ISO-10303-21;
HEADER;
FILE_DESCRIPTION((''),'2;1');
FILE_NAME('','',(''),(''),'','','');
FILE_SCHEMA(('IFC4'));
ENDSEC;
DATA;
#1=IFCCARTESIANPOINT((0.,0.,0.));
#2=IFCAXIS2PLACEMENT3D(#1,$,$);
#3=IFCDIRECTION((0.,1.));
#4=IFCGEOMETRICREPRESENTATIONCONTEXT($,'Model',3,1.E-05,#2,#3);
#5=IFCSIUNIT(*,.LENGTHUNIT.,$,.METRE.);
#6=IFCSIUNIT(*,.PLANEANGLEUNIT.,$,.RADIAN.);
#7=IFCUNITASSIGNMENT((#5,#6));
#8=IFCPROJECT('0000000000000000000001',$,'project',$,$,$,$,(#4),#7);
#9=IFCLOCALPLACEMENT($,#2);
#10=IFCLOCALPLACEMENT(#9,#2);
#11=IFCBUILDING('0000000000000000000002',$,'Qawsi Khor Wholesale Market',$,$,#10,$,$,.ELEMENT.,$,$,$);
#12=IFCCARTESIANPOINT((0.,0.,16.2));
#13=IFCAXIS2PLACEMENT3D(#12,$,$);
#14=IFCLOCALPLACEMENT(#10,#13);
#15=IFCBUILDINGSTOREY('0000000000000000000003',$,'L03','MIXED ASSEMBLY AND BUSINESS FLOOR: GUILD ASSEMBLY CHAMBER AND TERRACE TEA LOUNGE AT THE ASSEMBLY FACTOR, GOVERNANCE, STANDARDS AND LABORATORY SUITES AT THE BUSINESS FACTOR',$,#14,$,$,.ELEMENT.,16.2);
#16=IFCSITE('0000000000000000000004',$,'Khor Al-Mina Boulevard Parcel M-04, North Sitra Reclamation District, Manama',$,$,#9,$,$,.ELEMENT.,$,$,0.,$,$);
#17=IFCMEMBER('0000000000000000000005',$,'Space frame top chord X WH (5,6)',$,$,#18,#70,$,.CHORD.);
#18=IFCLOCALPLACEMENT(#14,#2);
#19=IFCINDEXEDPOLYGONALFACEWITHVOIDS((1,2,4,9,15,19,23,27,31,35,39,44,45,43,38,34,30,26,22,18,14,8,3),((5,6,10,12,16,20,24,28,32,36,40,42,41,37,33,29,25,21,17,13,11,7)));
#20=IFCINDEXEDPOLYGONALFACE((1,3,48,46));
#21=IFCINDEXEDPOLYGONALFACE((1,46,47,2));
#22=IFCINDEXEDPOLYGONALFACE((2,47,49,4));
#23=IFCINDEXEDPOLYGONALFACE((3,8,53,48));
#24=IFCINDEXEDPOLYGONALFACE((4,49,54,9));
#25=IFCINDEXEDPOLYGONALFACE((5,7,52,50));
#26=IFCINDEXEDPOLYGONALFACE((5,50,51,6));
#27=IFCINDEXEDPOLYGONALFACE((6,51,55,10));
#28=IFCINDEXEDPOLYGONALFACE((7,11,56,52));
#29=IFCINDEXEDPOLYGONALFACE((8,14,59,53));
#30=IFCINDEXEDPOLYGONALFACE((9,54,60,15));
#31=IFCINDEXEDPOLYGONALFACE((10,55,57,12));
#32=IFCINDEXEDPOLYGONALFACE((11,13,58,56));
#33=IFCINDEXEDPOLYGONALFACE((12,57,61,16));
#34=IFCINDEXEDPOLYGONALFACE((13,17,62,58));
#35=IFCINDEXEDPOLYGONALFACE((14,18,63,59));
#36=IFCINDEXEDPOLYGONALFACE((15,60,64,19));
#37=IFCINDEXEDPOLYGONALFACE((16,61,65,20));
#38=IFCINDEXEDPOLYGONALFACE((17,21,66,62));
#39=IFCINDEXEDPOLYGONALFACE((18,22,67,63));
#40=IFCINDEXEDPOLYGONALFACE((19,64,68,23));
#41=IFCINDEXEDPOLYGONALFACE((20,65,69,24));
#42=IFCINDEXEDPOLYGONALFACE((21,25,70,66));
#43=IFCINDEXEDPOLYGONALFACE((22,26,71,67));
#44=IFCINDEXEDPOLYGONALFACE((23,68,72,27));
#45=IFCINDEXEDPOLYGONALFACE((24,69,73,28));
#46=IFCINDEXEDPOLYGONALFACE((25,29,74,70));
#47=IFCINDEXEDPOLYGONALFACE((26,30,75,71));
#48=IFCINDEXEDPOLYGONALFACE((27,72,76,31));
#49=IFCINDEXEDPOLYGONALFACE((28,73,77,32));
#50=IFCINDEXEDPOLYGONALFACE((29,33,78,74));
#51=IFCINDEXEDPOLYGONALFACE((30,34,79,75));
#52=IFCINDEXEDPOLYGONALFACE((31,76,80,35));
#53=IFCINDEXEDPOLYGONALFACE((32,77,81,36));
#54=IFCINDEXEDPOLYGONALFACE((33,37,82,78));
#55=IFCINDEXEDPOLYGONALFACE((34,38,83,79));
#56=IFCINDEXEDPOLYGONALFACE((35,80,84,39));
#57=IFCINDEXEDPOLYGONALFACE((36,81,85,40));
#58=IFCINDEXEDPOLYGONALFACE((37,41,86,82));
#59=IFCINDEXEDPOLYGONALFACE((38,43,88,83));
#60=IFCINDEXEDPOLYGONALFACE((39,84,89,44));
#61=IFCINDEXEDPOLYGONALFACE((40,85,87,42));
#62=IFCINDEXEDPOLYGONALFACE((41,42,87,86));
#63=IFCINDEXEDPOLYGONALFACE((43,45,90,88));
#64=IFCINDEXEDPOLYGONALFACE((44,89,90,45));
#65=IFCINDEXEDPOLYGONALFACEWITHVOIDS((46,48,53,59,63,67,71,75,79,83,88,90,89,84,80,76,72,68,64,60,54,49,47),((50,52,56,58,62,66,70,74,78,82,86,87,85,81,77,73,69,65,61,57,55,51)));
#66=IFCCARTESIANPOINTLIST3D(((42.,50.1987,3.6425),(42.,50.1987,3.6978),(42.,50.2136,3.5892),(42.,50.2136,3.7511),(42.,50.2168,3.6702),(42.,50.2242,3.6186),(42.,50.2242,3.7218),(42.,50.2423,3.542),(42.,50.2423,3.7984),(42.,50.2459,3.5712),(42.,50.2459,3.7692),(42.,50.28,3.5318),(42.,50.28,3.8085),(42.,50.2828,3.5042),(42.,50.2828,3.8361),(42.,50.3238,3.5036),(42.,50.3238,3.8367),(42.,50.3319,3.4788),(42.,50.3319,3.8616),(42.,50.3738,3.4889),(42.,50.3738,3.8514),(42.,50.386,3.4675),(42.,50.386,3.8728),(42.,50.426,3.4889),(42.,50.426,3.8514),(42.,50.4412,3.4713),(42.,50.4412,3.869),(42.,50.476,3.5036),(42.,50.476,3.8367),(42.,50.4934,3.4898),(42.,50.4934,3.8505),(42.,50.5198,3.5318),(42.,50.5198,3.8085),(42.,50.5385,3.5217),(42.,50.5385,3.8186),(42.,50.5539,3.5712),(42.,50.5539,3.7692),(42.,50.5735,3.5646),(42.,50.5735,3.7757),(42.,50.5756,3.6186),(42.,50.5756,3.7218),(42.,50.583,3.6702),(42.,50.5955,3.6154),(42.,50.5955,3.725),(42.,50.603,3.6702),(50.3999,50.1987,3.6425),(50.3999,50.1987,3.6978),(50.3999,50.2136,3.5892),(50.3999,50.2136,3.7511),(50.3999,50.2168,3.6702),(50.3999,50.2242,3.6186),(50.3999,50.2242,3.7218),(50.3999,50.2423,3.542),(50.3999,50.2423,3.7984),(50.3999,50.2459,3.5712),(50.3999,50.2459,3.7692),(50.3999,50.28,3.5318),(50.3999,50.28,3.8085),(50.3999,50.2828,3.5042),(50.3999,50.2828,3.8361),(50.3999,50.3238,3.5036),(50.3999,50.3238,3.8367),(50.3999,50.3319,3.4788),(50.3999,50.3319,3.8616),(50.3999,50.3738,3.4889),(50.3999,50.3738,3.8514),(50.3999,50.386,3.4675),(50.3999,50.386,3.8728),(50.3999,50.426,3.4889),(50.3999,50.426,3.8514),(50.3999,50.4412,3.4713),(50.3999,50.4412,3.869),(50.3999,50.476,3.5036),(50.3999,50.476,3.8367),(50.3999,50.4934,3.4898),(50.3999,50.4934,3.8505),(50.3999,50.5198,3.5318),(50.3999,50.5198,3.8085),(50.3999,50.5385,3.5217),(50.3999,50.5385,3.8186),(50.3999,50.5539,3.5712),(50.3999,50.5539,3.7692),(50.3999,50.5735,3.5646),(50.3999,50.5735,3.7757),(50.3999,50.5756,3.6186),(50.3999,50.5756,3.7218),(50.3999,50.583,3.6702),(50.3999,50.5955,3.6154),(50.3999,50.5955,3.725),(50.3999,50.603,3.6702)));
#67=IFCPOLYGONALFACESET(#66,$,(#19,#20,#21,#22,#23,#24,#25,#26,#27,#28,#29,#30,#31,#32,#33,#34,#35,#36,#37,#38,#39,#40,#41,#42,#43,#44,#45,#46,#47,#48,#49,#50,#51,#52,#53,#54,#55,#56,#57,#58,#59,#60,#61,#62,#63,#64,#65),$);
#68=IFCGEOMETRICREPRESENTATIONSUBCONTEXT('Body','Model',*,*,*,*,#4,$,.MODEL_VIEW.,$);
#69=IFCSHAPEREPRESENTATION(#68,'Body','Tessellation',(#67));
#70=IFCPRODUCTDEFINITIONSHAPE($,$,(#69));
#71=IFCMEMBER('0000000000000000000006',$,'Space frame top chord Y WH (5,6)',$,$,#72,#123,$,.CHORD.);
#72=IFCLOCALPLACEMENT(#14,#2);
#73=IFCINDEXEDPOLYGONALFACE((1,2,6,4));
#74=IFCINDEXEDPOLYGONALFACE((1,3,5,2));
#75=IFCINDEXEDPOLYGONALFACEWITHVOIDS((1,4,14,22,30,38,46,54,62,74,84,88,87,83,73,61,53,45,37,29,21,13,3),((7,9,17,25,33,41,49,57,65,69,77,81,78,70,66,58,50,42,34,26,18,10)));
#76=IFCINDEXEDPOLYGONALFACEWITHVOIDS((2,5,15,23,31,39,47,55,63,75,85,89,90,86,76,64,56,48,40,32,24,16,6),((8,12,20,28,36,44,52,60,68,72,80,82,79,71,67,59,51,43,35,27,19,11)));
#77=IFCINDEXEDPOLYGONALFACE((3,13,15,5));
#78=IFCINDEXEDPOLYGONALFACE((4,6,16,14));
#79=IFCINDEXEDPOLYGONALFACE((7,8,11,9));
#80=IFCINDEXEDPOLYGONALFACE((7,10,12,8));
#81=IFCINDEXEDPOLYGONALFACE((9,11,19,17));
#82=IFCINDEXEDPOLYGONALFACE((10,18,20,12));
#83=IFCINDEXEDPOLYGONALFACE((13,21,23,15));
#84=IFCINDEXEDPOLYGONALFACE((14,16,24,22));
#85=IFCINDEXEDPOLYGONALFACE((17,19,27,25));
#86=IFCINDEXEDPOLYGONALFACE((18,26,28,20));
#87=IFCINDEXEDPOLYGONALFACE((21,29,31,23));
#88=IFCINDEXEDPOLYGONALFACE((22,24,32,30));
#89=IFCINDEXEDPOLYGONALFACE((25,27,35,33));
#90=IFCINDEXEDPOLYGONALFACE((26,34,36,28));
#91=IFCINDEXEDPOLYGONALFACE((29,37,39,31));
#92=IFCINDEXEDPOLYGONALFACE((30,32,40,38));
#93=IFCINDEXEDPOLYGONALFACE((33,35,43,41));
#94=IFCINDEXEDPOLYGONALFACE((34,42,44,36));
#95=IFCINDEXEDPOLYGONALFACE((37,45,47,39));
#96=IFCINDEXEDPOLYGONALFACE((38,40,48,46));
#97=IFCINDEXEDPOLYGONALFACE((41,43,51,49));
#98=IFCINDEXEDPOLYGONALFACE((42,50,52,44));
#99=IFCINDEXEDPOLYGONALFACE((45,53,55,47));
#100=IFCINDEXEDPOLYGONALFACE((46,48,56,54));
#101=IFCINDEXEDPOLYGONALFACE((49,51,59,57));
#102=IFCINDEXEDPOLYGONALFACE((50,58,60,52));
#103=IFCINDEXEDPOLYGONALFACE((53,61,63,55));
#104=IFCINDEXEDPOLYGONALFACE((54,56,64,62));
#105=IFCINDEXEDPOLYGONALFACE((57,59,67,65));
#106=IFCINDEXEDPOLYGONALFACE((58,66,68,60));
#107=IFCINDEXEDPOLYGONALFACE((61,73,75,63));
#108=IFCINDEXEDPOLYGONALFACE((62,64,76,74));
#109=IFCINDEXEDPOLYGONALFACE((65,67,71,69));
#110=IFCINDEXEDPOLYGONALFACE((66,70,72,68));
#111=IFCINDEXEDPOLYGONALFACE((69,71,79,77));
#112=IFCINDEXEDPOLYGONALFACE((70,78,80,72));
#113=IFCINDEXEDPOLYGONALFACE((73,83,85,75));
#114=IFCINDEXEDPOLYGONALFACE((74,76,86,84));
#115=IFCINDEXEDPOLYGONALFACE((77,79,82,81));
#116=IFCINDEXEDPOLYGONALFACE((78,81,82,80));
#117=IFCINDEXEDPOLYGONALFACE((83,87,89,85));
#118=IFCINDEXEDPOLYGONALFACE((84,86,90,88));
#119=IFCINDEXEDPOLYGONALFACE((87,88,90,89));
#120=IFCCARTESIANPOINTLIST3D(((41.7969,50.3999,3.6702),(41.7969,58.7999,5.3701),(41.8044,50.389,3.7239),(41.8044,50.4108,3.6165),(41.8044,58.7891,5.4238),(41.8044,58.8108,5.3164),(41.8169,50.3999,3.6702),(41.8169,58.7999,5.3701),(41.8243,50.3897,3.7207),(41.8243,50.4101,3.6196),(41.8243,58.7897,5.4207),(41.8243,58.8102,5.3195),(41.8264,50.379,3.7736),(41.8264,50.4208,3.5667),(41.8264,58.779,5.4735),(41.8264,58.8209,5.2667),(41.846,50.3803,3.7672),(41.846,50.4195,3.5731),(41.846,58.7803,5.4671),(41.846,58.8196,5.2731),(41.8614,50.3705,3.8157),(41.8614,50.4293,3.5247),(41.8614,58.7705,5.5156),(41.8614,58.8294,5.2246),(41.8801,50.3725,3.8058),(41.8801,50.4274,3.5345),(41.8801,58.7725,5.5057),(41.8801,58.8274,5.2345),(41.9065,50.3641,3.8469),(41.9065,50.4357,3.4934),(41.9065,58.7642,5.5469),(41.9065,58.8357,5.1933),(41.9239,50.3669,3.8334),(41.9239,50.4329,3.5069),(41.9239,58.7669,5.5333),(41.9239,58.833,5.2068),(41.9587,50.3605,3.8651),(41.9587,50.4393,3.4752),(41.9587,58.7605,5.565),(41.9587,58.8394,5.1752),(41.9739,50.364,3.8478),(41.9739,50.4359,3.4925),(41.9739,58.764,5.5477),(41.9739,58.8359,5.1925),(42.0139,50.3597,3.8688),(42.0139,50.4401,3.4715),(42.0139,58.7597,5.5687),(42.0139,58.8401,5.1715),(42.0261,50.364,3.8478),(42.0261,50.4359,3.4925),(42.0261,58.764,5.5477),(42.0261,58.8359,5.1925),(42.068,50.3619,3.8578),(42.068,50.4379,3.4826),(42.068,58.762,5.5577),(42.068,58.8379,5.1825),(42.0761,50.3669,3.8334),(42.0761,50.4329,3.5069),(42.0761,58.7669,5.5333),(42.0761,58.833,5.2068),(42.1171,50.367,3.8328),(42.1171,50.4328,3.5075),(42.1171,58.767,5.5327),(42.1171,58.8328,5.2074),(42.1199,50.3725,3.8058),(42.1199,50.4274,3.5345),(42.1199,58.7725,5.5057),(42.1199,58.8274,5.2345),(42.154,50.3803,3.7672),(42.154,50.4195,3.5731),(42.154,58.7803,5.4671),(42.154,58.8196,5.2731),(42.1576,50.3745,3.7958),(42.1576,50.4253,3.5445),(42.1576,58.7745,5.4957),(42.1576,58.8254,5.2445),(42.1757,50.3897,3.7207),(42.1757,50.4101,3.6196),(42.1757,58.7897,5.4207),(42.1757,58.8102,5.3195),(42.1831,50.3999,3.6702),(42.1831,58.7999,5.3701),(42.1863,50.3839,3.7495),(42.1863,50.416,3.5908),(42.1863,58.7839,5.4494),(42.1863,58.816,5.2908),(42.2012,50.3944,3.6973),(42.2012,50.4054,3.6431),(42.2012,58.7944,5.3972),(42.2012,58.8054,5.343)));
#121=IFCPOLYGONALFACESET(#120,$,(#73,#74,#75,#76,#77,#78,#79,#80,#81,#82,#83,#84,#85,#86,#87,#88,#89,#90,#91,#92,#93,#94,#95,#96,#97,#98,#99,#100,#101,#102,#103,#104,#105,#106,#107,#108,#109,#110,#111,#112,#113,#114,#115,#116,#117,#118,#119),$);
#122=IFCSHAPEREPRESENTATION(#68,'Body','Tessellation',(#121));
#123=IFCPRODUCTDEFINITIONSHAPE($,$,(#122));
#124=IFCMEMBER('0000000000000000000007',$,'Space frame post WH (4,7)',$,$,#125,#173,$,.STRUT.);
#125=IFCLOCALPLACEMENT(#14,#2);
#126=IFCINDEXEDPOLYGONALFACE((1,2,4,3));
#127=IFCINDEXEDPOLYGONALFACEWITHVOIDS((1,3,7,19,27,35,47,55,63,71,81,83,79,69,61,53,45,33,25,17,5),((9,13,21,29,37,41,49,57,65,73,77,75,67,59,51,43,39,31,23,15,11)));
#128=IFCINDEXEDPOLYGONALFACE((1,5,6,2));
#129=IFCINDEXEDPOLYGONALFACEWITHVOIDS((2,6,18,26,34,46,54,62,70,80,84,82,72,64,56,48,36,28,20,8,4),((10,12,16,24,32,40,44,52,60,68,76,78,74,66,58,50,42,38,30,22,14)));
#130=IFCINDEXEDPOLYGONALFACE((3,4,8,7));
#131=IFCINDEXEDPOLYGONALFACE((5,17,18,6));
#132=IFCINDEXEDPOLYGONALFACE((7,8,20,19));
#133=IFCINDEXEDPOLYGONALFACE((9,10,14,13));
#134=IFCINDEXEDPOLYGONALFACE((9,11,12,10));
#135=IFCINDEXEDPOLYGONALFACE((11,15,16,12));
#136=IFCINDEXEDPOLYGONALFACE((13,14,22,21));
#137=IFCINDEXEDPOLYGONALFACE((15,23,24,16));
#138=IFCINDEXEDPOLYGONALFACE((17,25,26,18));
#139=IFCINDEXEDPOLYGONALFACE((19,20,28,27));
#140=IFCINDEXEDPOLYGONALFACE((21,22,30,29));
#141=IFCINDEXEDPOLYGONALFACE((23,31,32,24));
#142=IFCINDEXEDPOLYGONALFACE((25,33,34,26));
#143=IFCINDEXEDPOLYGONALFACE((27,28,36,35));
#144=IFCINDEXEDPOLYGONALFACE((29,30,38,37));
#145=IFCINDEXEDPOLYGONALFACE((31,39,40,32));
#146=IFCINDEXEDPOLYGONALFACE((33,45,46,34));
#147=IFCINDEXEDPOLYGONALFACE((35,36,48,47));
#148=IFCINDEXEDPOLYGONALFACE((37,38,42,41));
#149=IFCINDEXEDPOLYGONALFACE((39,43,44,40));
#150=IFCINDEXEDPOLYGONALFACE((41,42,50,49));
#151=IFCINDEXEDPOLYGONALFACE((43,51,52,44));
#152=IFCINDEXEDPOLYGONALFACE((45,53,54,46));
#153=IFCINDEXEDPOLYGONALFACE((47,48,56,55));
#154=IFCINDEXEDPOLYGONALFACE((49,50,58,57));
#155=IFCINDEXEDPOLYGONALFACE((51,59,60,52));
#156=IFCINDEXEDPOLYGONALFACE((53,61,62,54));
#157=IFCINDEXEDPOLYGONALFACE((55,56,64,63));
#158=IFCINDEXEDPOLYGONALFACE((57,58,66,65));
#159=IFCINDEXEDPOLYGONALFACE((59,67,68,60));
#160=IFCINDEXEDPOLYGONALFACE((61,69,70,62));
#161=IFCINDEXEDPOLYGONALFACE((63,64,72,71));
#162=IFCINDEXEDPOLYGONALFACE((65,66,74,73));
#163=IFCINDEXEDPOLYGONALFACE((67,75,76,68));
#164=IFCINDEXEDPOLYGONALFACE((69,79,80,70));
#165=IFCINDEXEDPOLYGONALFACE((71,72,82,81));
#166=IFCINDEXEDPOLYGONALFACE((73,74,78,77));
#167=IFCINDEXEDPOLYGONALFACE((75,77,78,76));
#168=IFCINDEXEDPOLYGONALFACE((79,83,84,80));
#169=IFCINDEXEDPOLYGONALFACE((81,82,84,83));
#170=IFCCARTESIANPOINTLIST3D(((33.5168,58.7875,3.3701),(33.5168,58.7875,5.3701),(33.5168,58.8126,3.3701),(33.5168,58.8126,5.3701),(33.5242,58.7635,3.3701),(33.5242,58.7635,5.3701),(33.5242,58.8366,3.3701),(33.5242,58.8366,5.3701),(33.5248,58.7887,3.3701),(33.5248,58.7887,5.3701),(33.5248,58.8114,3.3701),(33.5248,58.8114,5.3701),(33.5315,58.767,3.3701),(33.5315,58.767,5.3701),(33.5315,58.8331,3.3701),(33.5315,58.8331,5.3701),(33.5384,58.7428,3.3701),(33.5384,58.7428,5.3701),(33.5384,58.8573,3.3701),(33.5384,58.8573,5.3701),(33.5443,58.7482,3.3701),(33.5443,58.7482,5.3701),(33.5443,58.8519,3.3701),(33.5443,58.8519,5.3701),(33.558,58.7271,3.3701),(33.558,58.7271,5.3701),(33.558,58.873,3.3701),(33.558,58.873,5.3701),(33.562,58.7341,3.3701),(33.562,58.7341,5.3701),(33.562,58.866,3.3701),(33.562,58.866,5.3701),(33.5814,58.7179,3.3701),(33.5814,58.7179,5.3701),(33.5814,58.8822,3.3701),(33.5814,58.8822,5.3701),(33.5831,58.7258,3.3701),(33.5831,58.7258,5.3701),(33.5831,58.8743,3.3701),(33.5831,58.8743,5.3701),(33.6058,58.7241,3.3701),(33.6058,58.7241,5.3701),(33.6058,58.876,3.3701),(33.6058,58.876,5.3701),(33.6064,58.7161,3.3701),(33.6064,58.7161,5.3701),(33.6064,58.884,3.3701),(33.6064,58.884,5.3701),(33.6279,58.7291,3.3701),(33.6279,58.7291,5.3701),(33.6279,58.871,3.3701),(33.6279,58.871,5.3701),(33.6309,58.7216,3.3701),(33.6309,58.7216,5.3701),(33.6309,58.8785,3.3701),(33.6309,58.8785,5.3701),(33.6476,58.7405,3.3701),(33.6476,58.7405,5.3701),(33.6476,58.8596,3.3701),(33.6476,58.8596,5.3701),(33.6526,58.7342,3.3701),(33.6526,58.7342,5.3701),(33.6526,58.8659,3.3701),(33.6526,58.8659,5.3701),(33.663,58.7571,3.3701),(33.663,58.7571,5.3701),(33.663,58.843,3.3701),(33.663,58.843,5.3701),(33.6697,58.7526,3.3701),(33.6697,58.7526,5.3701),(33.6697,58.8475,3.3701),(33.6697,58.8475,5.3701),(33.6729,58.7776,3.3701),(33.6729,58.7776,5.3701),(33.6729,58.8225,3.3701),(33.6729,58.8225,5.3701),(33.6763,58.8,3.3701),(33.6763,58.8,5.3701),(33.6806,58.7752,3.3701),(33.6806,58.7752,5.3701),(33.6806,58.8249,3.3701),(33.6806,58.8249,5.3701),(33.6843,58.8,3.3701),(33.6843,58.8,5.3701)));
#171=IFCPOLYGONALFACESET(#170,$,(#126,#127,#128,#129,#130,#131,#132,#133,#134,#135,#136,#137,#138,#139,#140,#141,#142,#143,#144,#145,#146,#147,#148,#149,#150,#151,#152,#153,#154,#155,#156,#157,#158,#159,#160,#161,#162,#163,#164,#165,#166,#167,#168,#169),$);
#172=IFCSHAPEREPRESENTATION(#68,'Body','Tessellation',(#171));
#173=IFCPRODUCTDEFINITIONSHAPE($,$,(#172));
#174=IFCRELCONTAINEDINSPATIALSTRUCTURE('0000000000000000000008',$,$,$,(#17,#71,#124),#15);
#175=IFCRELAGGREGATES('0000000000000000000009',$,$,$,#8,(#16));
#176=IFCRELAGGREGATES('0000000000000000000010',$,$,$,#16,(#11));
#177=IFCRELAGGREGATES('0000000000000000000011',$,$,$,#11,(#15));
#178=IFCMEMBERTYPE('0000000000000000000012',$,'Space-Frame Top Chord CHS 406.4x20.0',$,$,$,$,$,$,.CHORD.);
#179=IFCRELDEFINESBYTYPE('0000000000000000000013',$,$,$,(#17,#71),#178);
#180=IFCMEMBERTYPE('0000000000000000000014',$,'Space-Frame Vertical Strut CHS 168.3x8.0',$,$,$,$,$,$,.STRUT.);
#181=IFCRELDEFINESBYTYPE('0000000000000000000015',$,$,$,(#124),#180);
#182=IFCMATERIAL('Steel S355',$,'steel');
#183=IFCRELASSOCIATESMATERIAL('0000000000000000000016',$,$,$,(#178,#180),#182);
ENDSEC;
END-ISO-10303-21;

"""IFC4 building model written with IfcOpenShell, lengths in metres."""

from ifc_helpers import new_model, si_unit, direction, frame, origin, origin_2d, place, context, subcontext, project, spatial, hollow_circle, extrude, material, material_profile, profile_set, type_object, element, save


model = new_model("IFC4")

# Units and contexts
model_context = context("Model", 3, precision=1e-05, world=origin(), true_north=direction((0.0, 1.0)))
body_context = subcontext(model_context, "Body", "Model", "MODEL_VIEW")
ifc_project = project(units=[si_unit("LENGTHUNIT", "METRE"), si_unit("PLANEANGLEUNIT", "RADIAN")], contexts=[model_context])

# Site, building, storey
site_placement = place(None, origin())
site = spatial("IfcSite", under=ifc_project, at=site_placement, Name="Khor Al-Mina Boulevard Parcel M-04, North Sitra Reclamation District, Manama", CompositionType="ELEMENT", RefElevation=0.0)
building_placement = place(site_placement, origin())
building = spatial("IfcBuilding", under=site, at=building_placement, Name="Qawsi Khor Wholesale Market", CompositionType="ELEMENT")
storey_placement = place(building_placement, frame((0.0, 0.0, 16.2)))
storey = spatial("IfcBuildingStorey", under=building, at=storey_placement, Name="L03", Description="MIXED ASSEMBLY AND BUSINESS FLOOR: GUILD ASSEMBLY CHAMBER AND TERRACE TEA LOUNGE AT THE ASSEMBLY FACTOR, GOVERNANCE, STANDARDS AND LABORATORY SUITES AT THE BUSINESS FACTOR", CompositionType="ELEMENT", Elevation=16.2)

# Members
ifc_material_1 = material(Name="Steel S355", Category="steel")
ifc_material_profile_1 = material_profile(ifc_material_1, hollow_circle(Radius=0.2031, WallThickness=0.02, at=origin_2d()), Name="CHS 406.4x20.0")
ifc_profile_set_1 = profile_set([ifc_material_profile_1], Name="Steel S355")
member_type_1 = type_object("IfcMemberType", Name="Space-Frame Top Chord CHS 406.4x20.0", PredefinedType="CHORD", material=ifc_profile_set_1)
member_1_placement = place(storey_placement, frame((42.0, 50.3999, 3.6702), z_axis=(1.0, 0.0, 0.0), x_axis=(0.0, 1.0, 0.0)))
element("IfcMember", 1, at=member_1_placement, inside=storey, type_object=member_type_1, Name="Space frame top chord X WH (5,6)", PredefinedType="CHORD", context=body_context, shape_type="SweptSolid", body=[
    extrude(hollow_circle(Radius=0.2031, WallThickness=0.02, at=origin_2d()), origin(), (0.0, 0.0, 1.0), 8.3999),
])
member_2_placement = place(storey_placement, frame((42.0, 50.3999, 3.6702), z_axis=(0.0, 0.980131, 0.198351), x_axis=(-1.0, 0.0, 0.0)))
element("IfcMember", 2, at=member_2_placement, inside=storey, type_object=member_type_1, Name="Space frame top chord Y WH (5,6)", PredefinedType="CHORD", context=body_context, shape_type="SweptSolid", body=[
    extrude(hollow_circle(Radius=0.2031, WallThickness=0.02, at=origin_2d()), origin(), (0.0, 0.0, 1.0), 8.5703),
])
ifc_material_profile_2 = material_profile(ifc_material_1, hollow_circle(Radius=0.0842, WallThickness=0.0081, at=origin_2d()), Name="CHS 168.3x8.0")
ifc_profile_set_2 = profile_set([ifc_material_profile_2], Name="Steel S355")
member_type_2 = type_object("IfcMemberType", Name="Space-Frame Vertical Strut CHS 168.3x8.0", PredefinedType="STRUT", material=ifc_profile_set_2)
for number, where, z_axis, x_axis, name in (
    (3, (33.6001, 58.8, 3.3701), (0.0, 0.0, 1.0), (1.0, 0.0, 0.0), "Space frame post WH (4,7)"),
):
    element("IfcMember", number, at=place(storey_placement, frame(where, z_axis=z_axis, x_axis=x_axis)), inside=storey, type_object=member_type_2, Name=name, PredefinedType="STRUT", context=body_context, shape_type="SweptSolid", body=[
        extrude(hollow_circle(Radius=0.0842, WallThickness=0.0081, at=origin_2d()), origin(), (0.0, 0.0, 1.0), 2.0),
    ])

save(model, "model.ifc")
